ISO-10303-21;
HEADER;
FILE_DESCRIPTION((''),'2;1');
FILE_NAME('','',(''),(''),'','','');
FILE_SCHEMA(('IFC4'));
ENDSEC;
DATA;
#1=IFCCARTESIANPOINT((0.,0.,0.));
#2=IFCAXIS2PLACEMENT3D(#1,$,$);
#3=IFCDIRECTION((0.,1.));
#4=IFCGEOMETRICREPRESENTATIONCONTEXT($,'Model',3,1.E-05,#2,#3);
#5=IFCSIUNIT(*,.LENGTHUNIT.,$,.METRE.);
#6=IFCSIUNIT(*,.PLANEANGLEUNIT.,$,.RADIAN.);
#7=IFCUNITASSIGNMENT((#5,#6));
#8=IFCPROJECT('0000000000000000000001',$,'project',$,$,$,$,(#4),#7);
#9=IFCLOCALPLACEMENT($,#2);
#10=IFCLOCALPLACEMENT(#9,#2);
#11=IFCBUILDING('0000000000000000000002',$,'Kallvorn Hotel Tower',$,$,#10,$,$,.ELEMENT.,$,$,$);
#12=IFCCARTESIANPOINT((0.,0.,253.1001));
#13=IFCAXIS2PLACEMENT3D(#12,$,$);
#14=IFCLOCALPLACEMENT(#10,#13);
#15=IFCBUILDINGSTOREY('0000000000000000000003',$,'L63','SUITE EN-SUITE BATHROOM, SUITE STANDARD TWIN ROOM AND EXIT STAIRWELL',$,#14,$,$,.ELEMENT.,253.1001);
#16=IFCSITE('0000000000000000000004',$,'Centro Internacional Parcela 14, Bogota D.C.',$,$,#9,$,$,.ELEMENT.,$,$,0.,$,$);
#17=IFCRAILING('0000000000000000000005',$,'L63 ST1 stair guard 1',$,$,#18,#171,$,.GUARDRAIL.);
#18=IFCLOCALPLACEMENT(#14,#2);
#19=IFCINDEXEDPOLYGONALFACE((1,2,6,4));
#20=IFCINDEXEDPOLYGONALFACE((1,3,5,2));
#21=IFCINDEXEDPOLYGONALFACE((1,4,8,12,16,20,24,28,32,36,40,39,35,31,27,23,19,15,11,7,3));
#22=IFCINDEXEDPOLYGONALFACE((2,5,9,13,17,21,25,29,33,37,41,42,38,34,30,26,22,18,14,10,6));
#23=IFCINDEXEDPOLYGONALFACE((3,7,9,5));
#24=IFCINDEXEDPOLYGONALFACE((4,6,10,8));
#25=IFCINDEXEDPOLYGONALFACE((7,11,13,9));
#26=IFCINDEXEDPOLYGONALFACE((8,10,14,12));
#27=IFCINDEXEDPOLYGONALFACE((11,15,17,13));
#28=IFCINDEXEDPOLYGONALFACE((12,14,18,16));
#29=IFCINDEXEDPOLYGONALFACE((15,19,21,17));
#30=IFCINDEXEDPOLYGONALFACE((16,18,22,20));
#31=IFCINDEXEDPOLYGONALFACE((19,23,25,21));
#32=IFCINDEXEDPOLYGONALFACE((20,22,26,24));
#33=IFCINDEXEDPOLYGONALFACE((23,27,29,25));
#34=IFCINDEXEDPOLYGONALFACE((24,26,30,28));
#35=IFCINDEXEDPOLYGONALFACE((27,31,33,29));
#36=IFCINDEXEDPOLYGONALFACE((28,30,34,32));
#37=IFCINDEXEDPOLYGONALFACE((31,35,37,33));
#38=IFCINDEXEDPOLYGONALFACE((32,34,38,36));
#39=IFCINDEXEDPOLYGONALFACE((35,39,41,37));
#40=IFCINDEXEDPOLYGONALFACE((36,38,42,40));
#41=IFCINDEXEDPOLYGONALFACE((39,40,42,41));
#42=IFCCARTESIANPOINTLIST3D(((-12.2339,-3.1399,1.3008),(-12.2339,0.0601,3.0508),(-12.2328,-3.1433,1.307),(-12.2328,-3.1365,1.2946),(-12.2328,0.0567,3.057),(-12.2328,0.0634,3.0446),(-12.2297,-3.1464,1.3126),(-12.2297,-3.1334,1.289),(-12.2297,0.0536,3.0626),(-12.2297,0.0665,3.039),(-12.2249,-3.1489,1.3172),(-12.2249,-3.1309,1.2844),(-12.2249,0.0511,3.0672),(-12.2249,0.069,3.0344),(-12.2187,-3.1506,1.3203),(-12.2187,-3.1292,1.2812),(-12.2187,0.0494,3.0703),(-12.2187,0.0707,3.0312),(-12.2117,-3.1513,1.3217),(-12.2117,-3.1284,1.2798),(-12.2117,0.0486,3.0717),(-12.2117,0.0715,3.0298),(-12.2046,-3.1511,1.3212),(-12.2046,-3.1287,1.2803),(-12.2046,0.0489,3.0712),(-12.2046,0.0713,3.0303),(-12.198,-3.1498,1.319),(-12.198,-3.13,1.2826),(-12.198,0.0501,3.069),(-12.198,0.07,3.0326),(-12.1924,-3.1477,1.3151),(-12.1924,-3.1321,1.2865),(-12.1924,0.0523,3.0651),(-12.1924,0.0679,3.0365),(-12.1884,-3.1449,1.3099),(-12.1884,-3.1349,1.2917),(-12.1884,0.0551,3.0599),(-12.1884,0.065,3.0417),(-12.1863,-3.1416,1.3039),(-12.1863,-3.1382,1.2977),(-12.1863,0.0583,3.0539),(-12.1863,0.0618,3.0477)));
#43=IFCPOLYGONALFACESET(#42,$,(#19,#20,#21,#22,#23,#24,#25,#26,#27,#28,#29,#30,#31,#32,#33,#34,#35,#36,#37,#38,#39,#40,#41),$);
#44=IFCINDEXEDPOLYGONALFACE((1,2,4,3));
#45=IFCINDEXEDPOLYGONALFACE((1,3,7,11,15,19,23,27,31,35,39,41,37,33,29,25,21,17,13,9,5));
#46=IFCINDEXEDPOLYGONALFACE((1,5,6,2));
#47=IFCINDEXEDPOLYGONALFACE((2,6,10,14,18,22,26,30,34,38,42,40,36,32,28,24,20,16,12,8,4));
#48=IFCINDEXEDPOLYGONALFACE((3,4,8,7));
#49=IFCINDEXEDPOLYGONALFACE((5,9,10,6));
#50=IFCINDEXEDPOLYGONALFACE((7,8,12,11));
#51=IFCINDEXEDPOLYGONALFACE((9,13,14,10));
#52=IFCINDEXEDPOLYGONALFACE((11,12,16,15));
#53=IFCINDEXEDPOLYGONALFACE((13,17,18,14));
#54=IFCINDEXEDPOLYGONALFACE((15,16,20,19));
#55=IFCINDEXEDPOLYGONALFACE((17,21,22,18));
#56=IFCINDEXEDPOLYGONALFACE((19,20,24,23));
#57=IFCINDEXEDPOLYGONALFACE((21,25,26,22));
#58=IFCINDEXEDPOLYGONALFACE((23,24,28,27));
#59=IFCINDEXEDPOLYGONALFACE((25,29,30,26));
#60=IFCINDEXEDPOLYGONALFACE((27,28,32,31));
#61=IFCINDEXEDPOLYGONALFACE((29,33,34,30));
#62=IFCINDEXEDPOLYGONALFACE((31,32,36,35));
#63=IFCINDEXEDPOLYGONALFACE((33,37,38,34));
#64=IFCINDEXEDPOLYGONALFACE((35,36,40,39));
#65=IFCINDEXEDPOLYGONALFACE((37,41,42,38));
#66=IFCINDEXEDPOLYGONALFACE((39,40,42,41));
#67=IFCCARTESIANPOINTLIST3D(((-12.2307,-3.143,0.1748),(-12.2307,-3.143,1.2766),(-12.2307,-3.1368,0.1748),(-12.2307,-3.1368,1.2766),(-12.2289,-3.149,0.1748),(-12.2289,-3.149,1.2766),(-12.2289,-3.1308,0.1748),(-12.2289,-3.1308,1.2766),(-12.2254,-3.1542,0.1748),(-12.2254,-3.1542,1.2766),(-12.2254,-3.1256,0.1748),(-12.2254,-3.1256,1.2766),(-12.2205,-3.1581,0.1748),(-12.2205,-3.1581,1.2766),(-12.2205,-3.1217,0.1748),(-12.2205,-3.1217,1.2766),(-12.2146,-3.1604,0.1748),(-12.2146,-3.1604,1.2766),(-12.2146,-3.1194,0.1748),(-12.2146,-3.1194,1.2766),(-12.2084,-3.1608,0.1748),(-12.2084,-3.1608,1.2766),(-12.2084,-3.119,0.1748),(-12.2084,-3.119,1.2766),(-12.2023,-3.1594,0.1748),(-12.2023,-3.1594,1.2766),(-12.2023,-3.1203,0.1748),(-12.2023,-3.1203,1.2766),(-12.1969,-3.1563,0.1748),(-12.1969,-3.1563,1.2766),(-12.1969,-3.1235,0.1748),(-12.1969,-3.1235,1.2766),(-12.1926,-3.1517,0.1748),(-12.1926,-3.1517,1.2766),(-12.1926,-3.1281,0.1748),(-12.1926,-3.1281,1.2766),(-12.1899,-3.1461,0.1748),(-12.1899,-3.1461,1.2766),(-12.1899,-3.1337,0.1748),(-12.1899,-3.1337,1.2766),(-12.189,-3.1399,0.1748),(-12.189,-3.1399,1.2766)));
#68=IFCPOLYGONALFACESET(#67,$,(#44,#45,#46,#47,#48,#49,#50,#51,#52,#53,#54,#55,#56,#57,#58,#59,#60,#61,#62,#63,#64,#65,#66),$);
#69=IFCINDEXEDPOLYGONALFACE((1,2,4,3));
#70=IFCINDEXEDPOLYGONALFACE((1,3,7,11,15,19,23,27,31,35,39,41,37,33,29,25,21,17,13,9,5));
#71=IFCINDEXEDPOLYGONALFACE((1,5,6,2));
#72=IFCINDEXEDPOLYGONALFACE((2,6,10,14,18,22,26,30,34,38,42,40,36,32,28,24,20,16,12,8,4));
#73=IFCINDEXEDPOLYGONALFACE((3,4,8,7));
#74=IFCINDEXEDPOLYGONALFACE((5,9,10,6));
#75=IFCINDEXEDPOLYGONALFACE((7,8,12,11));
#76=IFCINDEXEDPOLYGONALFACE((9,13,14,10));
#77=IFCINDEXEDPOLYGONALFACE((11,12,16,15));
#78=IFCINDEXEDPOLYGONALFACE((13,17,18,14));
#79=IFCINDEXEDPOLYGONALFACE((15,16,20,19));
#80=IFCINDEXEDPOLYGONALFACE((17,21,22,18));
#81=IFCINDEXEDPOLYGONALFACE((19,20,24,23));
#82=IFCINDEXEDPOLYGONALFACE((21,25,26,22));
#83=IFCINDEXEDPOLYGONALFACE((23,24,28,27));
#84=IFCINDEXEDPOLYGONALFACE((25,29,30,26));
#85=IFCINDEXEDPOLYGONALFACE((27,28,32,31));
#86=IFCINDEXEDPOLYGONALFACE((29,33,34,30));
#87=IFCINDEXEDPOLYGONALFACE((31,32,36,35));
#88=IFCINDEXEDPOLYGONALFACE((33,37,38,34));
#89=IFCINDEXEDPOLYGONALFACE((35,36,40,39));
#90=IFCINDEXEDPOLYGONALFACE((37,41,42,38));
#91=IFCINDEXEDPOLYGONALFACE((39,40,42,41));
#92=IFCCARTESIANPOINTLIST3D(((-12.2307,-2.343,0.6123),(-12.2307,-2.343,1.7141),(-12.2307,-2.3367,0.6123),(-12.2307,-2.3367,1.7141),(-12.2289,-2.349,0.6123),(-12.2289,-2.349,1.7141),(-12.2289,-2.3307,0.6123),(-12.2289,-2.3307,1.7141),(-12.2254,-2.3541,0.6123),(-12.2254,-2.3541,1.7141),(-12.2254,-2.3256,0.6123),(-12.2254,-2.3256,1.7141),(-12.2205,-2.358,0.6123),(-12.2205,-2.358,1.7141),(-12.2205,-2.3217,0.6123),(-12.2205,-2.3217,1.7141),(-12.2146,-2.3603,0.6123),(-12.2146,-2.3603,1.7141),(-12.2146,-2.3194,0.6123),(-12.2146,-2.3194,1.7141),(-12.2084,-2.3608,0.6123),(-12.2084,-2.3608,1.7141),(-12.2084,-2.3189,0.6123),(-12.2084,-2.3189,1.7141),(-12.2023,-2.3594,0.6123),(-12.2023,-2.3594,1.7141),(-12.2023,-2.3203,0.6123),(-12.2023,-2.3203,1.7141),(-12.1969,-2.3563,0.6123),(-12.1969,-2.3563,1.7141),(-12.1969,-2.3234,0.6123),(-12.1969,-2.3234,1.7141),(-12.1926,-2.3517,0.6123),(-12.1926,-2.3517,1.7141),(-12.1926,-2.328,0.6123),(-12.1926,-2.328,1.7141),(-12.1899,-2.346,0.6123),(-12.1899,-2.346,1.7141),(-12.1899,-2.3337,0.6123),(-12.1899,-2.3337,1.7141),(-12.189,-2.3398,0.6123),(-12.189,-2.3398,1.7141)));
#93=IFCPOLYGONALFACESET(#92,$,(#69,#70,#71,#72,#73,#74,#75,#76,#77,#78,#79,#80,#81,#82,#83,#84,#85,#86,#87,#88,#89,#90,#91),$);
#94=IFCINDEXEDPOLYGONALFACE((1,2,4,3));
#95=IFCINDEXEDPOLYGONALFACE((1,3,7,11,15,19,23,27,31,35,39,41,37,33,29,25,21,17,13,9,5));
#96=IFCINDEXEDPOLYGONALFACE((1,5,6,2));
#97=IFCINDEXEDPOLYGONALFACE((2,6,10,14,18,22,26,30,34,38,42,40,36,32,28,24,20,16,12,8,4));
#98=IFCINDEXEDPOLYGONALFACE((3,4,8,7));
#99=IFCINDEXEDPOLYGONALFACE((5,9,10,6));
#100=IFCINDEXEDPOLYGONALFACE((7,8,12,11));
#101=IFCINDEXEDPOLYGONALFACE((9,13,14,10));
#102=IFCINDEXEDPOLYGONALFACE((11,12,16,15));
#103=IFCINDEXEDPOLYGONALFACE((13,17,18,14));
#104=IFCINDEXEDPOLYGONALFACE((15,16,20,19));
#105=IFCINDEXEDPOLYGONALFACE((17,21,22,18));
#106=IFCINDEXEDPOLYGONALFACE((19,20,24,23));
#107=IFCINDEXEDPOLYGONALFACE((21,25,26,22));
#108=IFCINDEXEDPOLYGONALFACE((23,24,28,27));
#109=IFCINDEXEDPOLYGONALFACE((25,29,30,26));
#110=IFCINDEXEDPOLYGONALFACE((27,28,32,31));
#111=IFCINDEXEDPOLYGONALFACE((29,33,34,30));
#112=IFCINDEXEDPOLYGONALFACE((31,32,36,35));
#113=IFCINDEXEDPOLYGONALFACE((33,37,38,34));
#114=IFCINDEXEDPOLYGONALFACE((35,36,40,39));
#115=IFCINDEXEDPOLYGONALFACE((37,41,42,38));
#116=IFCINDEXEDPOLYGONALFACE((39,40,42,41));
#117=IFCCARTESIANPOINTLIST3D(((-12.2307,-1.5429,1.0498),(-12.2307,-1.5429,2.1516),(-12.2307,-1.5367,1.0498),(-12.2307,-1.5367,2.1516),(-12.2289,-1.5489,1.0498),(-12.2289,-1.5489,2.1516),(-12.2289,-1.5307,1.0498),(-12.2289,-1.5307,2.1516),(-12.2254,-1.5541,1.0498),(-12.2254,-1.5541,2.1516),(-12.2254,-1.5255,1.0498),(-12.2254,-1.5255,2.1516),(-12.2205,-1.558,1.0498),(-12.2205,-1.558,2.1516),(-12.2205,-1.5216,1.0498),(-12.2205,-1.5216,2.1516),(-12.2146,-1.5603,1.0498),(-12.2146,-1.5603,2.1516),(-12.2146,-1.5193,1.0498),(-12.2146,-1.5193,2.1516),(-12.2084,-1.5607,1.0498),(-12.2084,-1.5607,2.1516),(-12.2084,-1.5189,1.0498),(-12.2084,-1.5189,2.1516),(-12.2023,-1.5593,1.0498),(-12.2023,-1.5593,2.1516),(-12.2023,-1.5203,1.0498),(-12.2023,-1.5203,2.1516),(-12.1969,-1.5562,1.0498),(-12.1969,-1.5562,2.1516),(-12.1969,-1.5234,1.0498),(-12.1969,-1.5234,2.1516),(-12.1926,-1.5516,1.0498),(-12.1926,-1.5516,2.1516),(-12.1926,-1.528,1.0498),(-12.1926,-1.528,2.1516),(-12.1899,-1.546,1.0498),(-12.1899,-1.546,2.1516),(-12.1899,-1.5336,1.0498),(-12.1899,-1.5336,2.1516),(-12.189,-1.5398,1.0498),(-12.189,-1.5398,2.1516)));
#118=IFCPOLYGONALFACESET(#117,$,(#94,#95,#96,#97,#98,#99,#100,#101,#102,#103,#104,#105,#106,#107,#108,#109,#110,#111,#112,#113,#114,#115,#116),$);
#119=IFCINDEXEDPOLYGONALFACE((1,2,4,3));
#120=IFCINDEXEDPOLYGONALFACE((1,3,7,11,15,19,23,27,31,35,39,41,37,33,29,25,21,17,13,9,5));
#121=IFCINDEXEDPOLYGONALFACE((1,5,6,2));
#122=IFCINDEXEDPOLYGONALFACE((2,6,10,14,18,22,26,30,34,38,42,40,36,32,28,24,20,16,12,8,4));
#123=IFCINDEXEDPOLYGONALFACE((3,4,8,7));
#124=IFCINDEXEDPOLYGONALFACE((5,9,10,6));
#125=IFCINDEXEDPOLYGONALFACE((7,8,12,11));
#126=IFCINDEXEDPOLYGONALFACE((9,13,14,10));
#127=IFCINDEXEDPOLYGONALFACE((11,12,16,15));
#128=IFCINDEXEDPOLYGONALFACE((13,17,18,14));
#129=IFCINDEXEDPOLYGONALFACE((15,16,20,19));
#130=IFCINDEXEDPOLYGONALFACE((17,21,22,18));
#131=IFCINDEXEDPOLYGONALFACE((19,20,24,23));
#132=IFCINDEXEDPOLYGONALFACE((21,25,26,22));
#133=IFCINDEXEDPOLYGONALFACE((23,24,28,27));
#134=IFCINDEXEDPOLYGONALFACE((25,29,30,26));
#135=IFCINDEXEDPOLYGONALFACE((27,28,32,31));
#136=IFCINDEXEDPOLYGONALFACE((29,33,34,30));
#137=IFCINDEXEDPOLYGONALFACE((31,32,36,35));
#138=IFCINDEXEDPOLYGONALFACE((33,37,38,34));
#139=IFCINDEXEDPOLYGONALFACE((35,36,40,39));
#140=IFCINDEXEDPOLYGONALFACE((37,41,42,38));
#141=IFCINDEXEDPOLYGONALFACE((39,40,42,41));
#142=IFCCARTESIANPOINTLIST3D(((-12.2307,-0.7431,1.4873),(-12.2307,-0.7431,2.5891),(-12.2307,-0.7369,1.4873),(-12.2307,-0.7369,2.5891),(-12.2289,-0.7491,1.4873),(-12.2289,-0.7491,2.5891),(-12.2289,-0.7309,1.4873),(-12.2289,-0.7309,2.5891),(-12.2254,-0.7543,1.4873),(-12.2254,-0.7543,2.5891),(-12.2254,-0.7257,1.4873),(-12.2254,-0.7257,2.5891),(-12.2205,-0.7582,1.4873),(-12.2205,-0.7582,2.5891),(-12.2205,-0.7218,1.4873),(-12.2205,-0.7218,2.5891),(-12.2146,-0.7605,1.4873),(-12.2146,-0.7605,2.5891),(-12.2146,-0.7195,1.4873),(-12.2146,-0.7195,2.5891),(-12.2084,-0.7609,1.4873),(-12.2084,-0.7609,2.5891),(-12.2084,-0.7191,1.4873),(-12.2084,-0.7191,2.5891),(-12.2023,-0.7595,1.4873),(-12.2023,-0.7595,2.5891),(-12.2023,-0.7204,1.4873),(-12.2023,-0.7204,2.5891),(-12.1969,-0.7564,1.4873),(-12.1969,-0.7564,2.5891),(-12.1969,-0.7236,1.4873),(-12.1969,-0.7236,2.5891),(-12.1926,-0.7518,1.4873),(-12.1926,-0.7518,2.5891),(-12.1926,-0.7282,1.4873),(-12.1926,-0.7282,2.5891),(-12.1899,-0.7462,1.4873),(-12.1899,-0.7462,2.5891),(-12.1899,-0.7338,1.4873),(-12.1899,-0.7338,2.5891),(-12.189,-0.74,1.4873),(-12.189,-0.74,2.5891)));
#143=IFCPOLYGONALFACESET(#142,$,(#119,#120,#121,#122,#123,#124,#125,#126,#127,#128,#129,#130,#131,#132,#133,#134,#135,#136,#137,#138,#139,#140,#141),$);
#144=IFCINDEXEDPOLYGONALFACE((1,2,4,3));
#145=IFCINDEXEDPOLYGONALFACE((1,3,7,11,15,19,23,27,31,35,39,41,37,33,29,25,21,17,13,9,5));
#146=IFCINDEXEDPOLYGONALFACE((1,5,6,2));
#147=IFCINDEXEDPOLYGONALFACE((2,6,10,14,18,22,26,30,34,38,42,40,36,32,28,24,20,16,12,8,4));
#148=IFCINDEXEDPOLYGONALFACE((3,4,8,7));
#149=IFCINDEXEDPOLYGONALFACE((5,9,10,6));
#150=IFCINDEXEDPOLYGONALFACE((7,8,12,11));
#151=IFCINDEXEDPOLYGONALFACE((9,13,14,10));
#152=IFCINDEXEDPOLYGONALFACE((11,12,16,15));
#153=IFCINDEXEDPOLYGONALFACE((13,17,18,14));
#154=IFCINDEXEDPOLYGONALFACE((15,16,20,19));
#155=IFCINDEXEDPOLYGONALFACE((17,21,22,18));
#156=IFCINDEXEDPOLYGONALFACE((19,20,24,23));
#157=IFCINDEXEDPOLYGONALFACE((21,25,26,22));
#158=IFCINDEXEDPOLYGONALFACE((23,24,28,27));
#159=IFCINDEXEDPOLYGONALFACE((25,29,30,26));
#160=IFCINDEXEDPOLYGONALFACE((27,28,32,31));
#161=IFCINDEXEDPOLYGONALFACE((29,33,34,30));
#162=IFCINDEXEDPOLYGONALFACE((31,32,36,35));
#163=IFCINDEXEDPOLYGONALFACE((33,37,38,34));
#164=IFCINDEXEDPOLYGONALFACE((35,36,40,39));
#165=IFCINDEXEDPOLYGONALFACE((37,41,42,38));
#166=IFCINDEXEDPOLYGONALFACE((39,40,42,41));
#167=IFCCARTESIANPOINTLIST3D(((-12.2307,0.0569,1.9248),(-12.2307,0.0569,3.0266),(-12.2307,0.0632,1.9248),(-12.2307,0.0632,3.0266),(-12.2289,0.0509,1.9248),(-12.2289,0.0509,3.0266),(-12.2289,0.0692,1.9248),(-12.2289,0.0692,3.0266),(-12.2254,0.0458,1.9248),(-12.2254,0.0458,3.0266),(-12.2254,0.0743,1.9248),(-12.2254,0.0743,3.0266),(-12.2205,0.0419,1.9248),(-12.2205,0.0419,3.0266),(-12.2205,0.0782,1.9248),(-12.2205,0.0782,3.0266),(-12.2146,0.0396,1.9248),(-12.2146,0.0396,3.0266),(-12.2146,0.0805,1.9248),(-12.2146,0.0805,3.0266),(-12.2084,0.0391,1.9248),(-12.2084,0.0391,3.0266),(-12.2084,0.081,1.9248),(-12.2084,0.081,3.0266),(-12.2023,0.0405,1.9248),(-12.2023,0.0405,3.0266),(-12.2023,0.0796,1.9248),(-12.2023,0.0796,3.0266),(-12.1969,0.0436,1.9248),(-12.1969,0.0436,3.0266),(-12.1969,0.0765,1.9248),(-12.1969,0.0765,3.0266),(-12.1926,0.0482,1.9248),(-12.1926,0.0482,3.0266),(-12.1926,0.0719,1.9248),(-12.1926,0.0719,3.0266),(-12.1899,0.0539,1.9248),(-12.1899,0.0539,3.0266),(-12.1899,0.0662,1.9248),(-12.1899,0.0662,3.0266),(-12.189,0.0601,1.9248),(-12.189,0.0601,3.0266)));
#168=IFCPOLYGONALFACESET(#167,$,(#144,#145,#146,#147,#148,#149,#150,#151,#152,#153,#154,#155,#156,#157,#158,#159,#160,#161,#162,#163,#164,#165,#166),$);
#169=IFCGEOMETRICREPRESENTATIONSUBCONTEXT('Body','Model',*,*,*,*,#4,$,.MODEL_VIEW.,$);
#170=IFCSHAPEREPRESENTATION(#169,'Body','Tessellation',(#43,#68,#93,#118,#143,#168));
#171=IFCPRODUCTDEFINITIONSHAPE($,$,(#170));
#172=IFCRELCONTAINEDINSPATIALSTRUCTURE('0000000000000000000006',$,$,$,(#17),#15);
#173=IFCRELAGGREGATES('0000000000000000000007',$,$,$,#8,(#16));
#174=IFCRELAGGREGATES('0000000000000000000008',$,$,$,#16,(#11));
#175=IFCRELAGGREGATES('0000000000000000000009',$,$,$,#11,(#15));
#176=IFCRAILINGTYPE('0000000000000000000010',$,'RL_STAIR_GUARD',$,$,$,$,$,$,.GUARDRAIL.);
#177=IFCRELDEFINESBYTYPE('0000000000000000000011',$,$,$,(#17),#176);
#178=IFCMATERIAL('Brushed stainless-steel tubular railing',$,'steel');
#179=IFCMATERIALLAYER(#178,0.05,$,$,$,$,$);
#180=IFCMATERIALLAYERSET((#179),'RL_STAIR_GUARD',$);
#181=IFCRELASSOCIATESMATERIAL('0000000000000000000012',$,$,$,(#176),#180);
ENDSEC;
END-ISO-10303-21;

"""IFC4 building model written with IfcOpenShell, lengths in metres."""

from ifc_helpers import new_model, si_unit, direction, frame, origin, origin_2d, place, context, subcontext, project, spatial, circle, extrude, material, layer, layer_set, type_object, element, save


model = new_model("IFC4")

# Units and contexts
model_context = context("Model", 3, precision=1e-05, world=origin(), true_north=direction((0.0, 1.0)))
body_context = subcontext(model_context, "Body", "Model", "MODEL_VIEW")
ifc_project = project(units=[si_unit("LENGTHUNIT", "METRE"), si_unit("PLANEANGLEUNIT", "RADIAN")], contexts=[model_context])

# Site, building, storey
site_placement = place(None, origin())
site = spatial("IfcSite", under=ifc_project, at=site_placement, Name="Centro Internacional Parcela 14, Bogota D.C.", CompositionType="ELEMENT", RefElevation=0.0)
building_placement = place(site_placement, origin())
building = spatial("IfcBuilding", under=site, at=building_placement, Name="Kallvorn Hotel Tower", CompositionType="ELEMENT")
storey_placement = place(building_placement, frame((0.0, 0.0, 253.1001)))
storey = spatial("IfcBuildingStorey", under=building, at=storey_placement, Name="L63", Description="SUITE EN-SUITE BATHROOM, SUITE STANDARD TWIN ROOM AND EXIT STAIRWELL", CompositionType="ELEMENT", Elevation=253.1001)

# Railing
ifc_material_1 = material(Name="Brushed stainless-steel tubular railing", Category="steel")
ifc_layer_1 = layer(ifc_material_1, 0.05)
ifc_layer_set_1 = layer_set([ifc_layer_1], Name="RL_STAIR_GUARD")
railing_type_1 = type_object("IfcRailingType", Name="RL_STAIR_GUARD", PredefinedType="GUARDRAIL", material=ifc_layer_set_1)
railing_1_placement = place(storey_placement, frame((-12.21, -3.1399, 0.1748)))
element("IfcRailing", 1, at=railing_1_placement, inside=storey, type_object=railing_type_1, Name="L63 ST1 stair guard 1", PredefinedType="GUARDRAIL", context=body_context, shape_type="SweptSolid", body=[
    extrude(circle(Radius=0.0239, at=origin_2d()), frame((0.0, 0.0, 1.126), z_axis=(0.0, 0.877368, 0.479818), x_axis=(-1.0, 0.0, 0.0)), (0.0, 0.0, 1.0), 3.6472),
    extrude(circle(Radius=0.021, at=origin_2d()), origin(), (0.0, 0.0, 1.0), 1.1018),
    extrude(circle(Radius=0.021, at=origin_2d()), frame((0.0, 0.8, 0.4375)), (0.0, 0.0, 1.0), 1.1018),
    extrude(circle(Radius=0.021, at=origin_2d()), frame((0.0, 1.6001, 0.875)), (0.0, 0.0, 1.0), 1.1018),
    extrude(circle(Radius=0.021, at=origin_2d()), frame((0.0, 2.3999, 1.3125)), (0.0, 0.0, 1.0), 1.1018),
    extrude(circle(Radius=0.021, at=origin_2d()), frame((0.0, 3.2, 1.75)), (0.0, 0.0, 1.0), 1.1018),
])

save(model, "model.ifc")
